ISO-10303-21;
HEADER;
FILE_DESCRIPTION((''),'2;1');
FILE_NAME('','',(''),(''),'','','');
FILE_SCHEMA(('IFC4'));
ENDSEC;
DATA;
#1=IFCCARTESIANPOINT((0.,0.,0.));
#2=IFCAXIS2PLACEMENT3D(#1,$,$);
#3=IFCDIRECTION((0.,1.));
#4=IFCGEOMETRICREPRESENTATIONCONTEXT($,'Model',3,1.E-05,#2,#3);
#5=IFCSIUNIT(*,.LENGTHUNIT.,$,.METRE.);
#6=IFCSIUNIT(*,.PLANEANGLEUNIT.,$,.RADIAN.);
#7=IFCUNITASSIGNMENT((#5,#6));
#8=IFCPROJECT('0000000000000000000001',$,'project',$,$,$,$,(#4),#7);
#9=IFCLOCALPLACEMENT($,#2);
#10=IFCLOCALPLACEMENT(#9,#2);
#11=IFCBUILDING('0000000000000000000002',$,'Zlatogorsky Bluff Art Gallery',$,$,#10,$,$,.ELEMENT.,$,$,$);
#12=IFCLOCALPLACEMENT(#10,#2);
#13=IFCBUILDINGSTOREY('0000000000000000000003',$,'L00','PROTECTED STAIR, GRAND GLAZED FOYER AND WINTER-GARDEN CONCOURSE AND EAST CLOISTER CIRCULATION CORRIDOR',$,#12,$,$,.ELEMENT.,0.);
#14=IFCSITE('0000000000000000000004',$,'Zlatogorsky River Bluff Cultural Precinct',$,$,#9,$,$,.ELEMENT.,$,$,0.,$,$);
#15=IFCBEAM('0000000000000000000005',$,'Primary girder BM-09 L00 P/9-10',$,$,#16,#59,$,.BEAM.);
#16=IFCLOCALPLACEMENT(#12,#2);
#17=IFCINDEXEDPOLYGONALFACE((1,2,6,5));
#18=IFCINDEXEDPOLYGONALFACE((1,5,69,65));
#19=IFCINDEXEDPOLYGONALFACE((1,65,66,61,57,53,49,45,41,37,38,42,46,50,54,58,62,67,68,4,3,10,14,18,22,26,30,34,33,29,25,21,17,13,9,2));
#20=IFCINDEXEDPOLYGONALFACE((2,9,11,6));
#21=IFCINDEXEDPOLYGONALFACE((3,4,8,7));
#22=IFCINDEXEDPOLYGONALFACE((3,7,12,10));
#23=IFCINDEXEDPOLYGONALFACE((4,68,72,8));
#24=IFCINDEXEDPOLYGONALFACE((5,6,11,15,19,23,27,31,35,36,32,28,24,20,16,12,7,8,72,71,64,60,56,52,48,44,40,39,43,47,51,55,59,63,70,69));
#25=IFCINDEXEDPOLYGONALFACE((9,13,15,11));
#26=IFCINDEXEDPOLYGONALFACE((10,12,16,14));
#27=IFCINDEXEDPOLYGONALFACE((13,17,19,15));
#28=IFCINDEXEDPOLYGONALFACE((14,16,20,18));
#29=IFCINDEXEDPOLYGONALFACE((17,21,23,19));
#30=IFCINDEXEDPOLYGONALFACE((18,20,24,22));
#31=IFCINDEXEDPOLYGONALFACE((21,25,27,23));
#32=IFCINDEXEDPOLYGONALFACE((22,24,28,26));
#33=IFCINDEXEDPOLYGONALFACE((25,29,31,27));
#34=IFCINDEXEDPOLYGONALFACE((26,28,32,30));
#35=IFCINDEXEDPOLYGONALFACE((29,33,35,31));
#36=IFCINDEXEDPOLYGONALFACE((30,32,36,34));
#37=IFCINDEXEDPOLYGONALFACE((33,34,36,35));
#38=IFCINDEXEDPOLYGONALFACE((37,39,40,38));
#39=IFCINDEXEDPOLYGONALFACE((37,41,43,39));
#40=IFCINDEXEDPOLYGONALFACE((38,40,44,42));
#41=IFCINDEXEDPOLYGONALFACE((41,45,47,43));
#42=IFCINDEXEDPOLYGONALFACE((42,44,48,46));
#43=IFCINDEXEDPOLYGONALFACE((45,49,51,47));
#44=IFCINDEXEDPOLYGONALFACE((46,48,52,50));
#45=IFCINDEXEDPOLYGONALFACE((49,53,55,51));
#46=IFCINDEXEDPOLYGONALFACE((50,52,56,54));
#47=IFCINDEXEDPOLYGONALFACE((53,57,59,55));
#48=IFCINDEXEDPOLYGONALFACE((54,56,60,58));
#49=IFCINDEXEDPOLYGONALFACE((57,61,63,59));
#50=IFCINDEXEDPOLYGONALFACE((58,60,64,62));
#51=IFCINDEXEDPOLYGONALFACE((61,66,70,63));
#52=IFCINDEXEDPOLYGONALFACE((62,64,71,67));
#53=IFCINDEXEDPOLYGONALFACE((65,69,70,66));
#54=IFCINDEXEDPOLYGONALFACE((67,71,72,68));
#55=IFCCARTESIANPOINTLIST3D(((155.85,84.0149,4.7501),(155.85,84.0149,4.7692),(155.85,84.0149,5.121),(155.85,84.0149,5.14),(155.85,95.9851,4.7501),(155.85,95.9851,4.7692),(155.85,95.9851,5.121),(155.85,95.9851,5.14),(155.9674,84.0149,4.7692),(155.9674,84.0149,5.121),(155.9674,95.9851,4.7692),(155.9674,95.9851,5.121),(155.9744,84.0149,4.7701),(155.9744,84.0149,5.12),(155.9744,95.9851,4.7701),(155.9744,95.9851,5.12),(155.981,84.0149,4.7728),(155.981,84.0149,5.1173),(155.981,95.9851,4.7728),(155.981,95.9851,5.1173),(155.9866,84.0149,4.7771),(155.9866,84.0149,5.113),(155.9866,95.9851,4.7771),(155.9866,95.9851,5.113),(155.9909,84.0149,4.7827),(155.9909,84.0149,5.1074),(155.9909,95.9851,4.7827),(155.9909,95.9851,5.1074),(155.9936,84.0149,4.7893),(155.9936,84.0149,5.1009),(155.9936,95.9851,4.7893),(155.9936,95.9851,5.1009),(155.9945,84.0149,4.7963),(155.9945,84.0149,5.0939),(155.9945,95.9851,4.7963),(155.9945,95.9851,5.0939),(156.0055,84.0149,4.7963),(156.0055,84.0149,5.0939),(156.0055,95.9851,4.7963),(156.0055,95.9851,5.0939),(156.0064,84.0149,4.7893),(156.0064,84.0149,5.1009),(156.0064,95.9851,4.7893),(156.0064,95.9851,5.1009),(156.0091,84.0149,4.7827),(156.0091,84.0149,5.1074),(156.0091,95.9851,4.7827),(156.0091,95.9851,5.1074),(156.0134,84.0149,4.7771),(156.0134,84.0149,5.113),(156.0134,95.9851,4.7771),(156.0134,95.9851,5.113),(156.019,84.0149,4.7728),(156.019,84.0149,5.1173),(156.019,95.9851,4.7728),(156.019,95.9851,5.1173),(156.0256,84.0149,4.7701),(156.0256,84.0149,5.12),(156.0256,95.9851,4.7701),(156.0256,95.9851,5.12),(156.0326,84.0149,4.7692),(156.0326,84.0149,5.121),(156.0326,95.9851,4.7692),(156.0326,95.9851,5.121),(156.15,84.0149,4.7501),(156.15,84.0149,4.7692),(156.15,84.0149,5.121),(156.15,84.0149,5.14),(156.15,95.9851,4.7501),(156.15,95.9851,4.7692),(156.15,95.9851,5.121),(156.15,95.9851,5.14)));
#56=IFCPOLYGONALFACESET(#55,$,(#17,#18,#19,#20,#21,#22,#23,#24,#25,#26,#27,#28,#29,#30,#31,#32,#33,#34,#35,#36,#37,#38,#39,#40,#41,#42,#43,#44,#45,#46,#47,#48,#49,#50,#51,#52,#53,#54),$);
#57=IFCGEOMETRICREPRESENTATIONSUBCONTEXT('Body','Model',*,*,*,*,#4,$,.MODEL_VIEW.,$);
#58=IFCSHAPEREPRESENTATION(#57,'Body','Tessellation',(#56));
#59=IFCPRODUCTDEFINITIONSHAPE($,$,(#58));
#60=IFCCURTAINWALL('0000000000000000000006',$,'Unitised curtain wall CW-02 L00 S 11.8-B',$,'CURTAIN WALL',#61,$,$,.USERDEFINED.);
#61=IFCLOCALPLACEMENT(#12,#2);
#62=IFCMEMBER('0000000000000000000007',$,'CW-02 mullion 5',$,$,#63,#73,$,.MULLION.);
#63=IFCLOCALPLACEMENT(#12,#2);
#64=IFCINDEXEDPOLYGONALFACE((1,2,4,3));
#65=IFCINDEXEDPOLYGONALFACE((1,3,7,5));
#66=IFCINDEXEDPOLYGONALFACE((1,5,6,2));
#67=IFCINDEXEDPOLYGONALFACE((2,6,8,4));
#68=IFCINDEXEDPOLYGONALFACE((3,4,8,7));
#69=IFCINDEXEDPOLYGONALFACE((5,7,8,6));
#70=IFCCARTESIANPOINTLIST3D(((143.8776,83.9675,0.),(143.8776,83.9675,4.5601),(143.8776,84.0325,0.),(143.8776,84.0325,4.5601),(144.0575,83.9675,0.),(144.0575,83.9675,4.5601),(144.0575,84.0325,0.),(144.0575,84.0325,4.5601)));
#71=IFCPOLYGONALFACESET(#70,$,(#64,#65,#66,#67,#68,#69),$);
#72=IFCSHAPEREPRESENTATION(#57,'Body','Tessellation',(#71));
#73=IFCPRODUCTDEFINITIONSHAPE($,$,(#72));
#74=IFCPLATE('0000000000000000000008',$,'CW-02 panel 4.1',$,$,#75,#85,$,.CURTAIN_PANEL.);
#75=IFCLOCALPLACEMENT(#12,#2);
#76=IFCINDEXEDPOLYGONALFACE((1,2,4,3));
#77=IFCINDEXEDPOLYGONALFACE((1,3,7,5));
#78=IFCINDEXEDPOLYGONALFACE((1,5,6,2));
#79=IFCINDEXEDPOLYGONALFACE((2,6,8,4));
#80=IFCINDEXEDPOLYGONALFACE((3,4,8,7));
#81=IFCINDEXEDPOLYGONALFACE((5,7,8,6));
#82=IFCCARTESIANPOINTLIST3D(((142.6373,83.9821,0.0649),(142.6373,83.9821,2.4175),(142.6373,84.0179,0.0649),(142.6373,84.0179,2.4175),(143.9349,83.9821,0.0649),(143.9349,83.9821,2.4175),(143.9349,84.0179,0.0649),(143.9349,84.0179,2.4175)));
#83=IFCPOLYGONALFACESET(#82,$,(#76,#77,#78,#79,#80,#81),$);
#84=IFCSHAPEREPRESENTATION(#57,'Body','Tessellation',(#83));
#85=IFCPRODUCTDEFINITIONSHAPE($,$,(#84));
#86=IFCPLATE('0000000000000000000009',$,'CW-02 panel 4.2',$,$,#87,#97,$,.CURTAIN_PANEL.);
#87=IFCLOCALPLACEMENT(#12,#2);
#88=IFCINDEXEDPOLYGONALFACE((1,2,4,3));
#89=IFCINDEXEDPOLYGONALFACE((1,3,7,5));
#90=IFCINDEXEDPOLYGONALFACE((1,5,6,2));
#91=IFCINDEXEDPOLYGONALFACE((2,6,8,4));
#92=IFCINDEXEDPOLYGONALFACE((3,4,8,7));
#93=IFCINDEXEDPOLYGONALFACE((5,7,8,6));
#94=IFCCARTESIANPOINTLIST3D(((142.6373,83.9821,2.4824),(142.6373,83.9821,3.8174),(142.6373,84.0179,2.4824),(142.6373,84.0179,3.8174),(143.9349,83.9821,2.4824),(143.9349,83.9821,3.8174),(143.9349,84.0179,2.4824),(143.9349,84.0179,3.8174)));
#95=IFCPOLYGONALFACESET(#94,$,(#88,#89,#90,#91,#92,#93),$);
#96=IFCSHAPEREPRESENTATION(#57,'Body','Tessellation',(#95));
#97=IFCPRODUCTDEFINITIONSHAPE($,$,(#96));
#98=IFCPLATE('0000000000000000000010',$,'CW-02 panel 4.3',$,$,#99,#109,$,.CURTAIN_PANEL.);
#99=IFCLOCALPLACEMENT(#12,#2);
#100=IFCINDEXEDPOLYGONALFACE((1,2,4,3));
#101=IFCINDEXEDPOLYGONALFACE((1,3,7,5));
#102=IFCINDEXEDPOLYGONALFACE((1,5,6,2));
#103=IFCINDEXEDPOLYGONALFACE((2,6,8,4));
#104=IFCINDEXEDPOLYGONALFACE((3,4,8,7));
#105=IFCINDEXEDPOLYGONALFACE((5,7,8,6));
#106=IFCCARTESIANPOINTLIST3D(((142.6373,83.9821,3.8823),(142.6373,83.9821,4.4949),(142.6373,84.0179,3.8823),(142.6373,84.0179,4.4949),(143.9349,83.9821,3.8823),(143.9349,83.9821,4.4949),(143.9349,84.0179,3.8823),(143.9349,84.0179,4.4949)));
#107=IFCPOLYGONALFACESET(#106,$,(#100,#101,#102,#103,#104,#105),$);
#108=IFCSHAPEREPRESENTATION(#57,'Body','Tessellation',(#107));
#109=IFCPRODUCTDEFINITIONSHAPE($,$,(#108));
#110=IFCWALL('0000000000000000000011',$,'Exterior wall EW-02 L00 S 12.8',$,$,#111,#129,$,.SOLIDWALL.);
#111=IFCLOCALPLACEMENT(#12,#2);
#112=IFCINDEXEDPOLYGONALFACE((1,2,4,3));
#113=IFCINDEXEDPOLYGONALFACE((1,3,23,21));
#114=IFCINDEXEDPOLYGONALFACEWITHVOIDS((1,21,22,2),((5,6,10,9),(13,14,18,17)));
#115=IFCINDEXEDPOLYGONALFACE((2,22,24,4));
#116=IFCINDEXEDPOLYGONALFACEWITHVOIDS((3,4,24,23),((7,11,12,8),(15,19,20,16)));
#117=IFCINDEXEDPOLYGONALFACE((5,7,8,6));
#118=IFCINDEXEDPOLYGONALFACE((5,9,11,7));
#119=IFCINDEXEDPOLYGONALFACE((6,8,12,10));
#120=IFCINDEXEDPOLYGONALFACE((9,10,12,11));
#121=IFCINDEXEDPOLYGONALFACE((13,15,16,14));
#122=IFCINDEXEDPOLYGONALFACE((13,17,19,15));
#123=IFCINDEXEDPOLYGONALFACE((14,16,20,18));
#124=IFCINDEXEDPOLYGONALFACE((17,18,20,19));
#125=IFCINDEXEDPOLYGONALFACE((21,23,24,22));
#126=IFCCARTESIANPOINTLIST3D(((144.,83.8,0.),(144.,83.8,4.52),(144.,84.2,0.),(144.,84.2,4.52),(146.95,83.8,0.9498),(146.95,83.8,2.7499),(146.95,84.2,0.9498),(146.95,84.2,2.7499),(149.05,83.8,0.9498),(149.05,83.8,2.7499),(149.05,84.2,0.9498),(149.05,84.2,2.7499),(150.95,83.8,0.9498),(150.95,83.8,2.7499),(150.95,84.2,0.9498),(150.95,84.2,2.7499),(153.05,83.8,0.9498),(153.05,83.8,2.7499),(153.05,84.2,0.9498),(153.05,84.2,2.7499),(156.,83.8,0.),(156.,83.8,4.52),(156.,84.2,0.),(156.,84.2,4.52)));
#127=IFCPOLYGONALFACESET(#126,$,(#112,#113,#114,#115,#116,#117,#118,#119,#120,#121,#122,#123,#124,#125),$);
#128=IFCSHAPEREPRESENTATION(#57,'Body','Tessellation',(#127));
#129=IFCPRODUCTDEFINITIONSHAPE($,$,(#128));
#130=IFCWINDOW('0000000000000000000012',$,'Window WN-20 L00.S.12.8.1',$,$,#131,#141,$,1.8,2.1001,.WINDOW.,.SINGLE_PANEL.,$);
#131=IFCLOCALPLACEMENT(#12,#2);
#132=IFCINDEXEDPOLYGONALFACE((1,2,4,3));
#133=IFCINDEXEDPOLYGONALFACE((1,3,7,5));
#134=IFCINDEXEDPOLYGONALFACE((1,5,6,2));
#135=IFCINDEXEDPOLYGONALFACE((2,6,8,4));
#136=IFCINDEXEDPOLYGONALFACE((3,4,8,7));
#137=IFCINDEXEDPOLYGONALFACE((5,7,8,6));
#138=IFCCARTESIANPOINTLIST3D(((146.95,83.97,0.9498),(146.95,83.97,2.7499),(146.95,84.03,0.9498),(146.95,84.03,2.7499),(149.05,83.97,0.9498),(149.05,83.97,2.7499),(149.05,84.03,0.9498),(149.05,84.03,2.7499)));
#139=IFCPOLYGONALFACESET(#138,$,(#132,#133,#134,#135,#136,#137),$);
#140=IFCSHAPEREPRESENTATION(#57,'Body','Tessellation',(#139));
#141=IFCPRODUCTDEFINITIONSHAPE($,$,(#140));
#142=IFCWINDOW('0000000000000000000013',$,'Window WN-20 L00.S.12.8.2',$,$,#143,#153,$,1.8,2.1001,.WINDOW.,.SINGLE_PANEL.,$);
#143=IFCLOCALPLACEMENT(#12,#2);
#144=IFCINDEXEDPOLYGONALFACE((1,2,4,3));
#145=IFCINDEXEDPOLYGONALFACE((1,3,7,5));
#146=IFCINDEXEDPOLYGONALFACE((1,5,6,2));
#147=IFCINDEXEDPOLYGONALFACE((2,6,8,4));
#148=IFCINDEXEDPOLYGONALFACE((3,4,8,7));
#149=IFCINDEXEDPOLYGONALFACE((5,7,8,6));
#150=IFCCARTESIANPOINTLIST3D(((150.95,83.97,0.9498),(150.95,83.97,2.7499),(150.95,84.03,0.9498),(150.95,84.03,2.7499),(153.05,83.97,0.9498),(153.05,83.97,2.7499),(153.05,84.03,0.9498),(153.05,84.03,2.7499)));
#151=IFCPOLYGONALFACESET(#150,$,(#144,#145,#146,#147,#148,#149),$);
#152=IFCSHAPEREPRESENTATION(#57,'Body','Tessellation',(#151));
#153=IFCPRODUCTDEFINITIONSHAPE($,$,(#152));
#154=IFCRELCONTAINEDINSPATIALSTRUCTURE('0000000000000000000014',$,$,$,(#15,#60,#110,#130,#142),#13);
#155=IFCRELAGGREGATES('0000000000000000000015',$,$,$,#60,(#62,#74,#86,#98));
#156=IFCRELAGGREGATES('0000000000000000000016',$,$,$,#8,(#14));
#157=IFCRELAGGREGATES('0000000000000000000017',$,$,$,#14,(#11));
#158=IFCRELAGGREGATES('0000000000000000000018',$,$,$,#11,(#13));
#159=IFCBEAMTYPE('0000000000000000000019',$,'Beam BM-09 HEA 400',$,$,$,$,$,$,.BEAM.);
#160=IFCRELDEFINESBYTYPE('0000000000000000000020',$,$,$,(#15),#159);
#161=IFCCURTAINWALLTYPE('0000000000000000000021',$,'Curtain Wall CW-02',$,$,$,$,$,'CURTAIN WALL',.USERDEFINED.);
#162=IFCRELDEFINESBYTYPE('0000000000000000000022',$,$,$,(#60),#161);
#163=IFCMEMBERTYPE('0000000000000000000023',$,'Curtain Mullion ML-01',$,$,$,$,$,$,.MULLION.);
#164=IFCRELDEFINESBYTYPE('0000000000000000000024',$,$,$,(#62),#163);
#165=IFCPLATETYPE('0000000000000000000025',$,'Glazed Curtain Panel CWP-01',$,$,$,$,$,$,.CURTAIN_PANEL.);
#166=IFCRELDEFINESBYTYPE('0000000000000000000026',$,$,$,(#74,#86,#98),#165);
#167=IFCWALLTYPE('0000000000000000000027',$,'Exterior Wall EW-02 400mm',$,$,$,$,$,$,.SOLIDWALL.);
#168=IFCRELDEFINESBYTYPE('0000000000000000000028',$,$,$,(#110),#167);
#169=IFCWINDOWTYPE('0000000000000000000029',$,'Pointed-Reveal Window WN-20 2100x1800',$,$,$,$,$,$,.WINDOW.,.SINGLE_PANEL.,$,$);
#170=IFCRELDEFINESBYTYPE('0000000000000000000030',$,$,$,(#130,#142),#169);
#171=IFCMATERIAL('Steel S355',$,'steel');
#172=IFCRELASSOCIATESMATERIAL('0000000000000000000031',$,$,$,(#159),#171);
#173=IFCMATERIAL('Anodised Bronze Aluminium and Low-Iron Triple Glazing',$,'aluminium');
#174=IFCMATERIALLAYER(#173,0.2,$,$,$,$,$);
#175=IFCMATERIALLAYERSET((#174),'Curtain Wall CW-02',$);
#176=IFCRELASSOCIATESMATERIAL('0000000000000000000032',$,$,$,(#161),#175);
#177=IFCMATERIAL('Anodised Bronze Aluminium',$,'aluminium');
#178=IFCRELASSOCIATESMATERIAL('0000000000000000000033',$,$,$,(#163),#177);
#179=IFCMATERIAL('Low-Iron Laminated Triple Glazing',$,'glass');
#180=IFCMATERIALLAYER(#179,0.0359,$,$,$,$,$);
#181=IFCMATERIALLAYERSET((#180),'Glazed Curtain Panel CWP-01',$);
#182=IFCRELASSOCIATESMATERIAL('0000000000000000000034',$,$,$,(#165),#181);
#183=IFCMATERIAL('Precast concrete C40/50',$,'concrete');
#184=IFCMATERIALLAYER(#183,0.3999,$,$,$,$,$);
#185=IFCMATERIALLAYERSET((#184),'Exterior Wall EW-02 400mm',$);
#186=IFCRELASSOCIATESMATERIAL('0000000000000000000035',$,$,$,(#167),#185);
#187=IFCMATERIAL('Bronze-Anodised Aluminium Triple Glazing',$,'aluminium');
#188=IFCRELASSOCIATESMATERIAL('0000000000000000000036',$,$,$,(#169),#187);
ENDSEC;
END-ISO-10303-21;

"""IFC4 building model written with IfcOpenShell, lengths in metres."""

from ifc_helpers import new_model, si_unit, direction, frame, frame_2d, origin, origin_2d, place, context, subcontext, project, spatial, rectangle, i_section, extrude, material, layer, layer_set, material_profile, profile_set, type_object, element, fill, aggregate, save


model = new_model("IFC4")

# Units and contexts
model_context = context("Model", 3, precision=1e-05, world=origin(), true_north=direction((0.0, 1.0)))
body_context = subcontext(model_context, "Body", "Model", "MODEL_VIEW")
ifc_project = project(units=[si_unit("LENGTHUNIT", "METRE"), si_unit("PLANEANGLEUNIT", "RADIAN")], contexts=[model_context])

# Site, building, storey
site_placement = place(None, origin())
site = spatial("IfcSite", under=ifc_project, at=site_placement, Name="Zlatogorsky River Bluff Cultural Precinct", CompositionType="ELEMENT", RefElevation=0.0)
building_placement = place(site_placement, origin())
building = spatial("IfcBuilding", under=site, at=building_placement, Name="Zlatogorsky Bluff Art Gallery", CompositionType="ELEMENT")
storey_placement = place(building_placement, origin())
storey = spatial("IfcBuildingStorey", under=building, at=storey_placement, Name="L00", Description="PROTECTED STAIR, GRAND GLAZED FOYER AND WINTER-GARDEN CONCOURSE AND EAST CLOISTER CIRCULATION CORRIDOR", CompositionType="ELEMENT", Elevation=0.0)

# Shared definitions
ifc_material_1 = material(Name="Steel S355", Category="steel")

# Beam
ifc_material_profile_1 = material_profile(ifc_material_1, i_section(OverallWidth=0.3, OverallDepth=0.3899, WebThickness=0.011, FlangeThickness=0.019, FilletRadius=0.0271, at=origin_2d()), Name="HEA 400")
ifc_profile_set_1 = profile_set([ifc_material_profile_1], Name="Steel S355")
beam_type_1 = type_object("IfcBeamType", Name="Beam BM-09 HEA 400", PredefinedType="BEAM", material=ifc_profile_set_1)
for number, where, z_axis, x_axis, name in (
    (1, (156.0, 84.0149, 4.9451), (0.0, 1.0, 0.0), (-1.0, 0.0, 0.0), "Primary girder BM-09 L00 P/9-10"),
):
    element("IfcBeam", number, at=place(storey_placement, frame(where, z_axis=z_axis, x_axis=x_axis)), inside=storey, type_object=beam_type_1, Name=name, PredefinedType="BEAM", context=body_context, shape_type="SweptSolid", body=[
        extrude(i_section(OverallWidth=0.3, OverallDepth=0.3899, WebThickness=0.011, FlangeThickness=0.019, FilletRadius=0.0271, at=origin_2d()), origin(), (0.0, 0.0, 1.0), 11.9702),
    ])

# Curtain wall, member, plates
ifc_material_2 = material(Name="Anodised Bronze Aluminium and Low-Iron Triple Glazing", Category="aluminium")
ifc_layer_1 = layer(ifc_material_2, 0.2)
ifc_layer_set_1 = layer_set([ifc_layer_1], Name="Curtain Wall CW-02")
curtain_wall_type = type_object("IfcCurtainWallType", Name="Curtain Wall CW-02", ElementType="CURTAIN WALL", PredefinedType="USERDEFINED", material=ifc_layer_set_1)
curtain_wall_placement = place(storey_placement, origin())
curtain_wall = element("IfcCurtainWall", 2, at=curtain_wall_placement, inside=storey, type_object=curtain_wall_type, Name="Unitised curtain wall CW-02 L00 S 11.8-B", ObjectType="CURTAIN WALL", PredefinedType="USERDEFINED")
ifc_material_3 = material(Name="Anodised Bronze Aluminium", Category="aluminium")
ifc_material_profile_2 = material_profile(ifc_material_3, rectangle(XDim=0.0649, YDim=0.1799, at=origin_2d()), Name="ALU MULLION 65x180")
ifc_profile_set_2 = profile_set([ifc_material_profile_2], Name="Anodised Bronze Aluminium")
member_type = type_object("IfcMemberType", Name="Curtain Mullion ML-01", PredefinedType="MULLION", material=ifc_profile_set_2)
member_placement = place(storey_placement, frame((143.9675, 84.0, 0.0), z_axis=(0.0, 0.0, 1.0), x_axis=(0.0, 1.0, 0.0)))
member = element("IfcMember", 3, at=member_placement, type_object=member_type, Name="CW-02 mullion 5", PredefinedType="MULLION", context=body_context, shape_type="SweptSolid", body=[
    extrude(rectangle(XDim=0.0649, YDim=0.1799, at=origin_2d()), origin(), (0.0, 0.0, 1.0), 4.5601),
])
ifc_material_4 = material(Name="Low-Iron Laminated Triple Glazing", Category="glass")
ifc_layer_2 = layer(ifc_material_4, 0.0359)
ifc_layer_set_2 = layer_set([ifc_layer_2], Name="Glazed Curtain Panel CWP-01")
plate_type = type_object("IfcPlateType", Name="Glazed Curtain Panel CWP-01", PredefinedType="CURTAIN_PANEL", material=ifc_layer_set_2)
plate_1_placement = place(storey_placement, frame((143.2861, 84.0, 0.0649), z_axis=(0.0, 0.0, 1.0), x_axis=(1.0, 0.0, 0.0)))
plate_1 = element("IfcPlate", 4, at=plate_1_placement, type_object=plate_type, Name="CW-02 panel 4.1", PredefinedType="CURTAIN_PANEL", context=body_context, shape_type="SweptSolid", body=[
    extrude(rectangle(XDim=1.2976, YDim=0.0359, at=origin_2d()), origin(), (0.0, 0.0, 1.0), 2.3525),
])
plate_2_placement = place(storey_placement, frame((143.2861, 84.0, 2.4824), z_axis=(0.0, 0.0, 1.0), x_axis=(1.0, 0.0, 0.0)))
plate_2 = element("IfcPlate", 5, at=plate_2_placement, type_object=plate_type, Name="CW-02 panel 4.2", PredefinedType="CURTAIN_PANEL", context=body_context, shape_type="SweptSolid", body=[
    extrude(rectangle(XDim=1.2976, YDim=0.0359, at=origin_2d()), origin(), (0.0, 0.0, 1.0), 1.335),
])
plate_3_placement = place(storey_placement, frame((143.2861, 84.0, 3.8823), z_axis=(0.0, 0.0, 1.0), x_axis=(1.0, 0.0, 0.0)))
plate_3 = element("IfcPlate", 6, at=plate_3_placement, type_object=plate_type, Name="CW-02 panel 4.3", PredefinedType="CURTAIN_PANEL", context=body_context, shape_type="SweptSolid", body=[
    extrude(rectangle(XDim=1.2976, YDim=0.0359, at=origin_2d()), origin(), (0.0, 0.0, 1.0), 0.6125),
])
aggregate(curtain_wall, [member, plate_1, plate_2, plate_3])

# Wall, openings, windows
ifc_material_5 = material(Name="Precast concrete C40/50", Category="concrete")
ifc_layer_3 = layer(ifc_material_5, 0.3999)
ifc_layer_set_3 = layer_set([ifc_layer_3], Name="Exterior Wall EW-02 400mm")
wall_type_1 = type_object("IfcWallType", Name="Exterior Wall EW-02 400mm", PredefinedType="SOLIDWALL", material=ifc_layer_set_3)
wall_1_placement = place(storey_placement, frame((144.0, 84.0, 0.0), z_axis=(0.0, 0.0, 1.0), x_axis=(1.0, 0.0, 0.0)))
wall_1 = element("IfcWall", 7, at=wall_1_placement, inside=storey, type_object=wall_type_1, Name="Exterior wall EW-02 L00 S 12.8", PredefinedType="SOLIDWALL", context=body_context, shape_type="SweptSolid", body=[
    extrude(rectangle(XDim=12.0, YDim=0.3999, at=frame_2d((6.0, 0.0))), origin(), (0.0, 0.0, 1.0), 4.52),
])
opening_1_placement = place(wall_1_placement, frame((2.95, 0.0, 0.95)))
opening_1 = element("IfcOpeningElement", 8, at=opening_1_placement, cuts=wall_1, PredefinedType="OPENING", context=body_context, shape_type="SweptSolid", body=[
    extrude(rectangle(XDim=2.1001, YDim=1.8, at=frame_2d((1.05, 0.8999))), frame((0.0, 0.21, 0.0), z_axis=(0.0, -1.0, 0.0), x_axis=(1.0, 0.0, 0.0)), (0.0, 0.0, 1.0), 0.4199),
])
opening_2_placement = place(wall_1_placement, frame((6.95, 0.0, 0.95)))
opening_2 = element("IfcOpeningElement", 9, at=opening_2_placement, cuts=wall_1, PredefinedType="OPENING", context=body_context, shape_type="SweptSolid", body=[
    extrude(rectangle(XDim=2.1001, YDim=1.8, at=frame_2d((1.05, 0.8999))), frame((0.0, 0.21, 0.0), z_axis=(0.0, -1.0, 0.0), x_axis=(1.0, 0.0, 0.0)), (0.0, 0.0, 1.0), 0.4199),
])
ifc_material_6 = material(Name="Bronze-Anodised Aluminium Triple Glazing", Category="aluminium")
window_type_1 = type_object("IfcWindowType", Name="Pointed-Reveal Window WN-20 2100x1800", PartitioningType="SINGLE_PANEL", PredefinedType="WINDOW", material=ifc_material_6)
window_1_placement = place(opening_1_placement, origin())
window_1 = element("IfcWindow", 10, at=window_1_placement, inside=storey, type_object=window_type_1, Name="Window WN-20 L00.S.12.8.1", OverallHeight=1.8, OverallWidth=2.1001, PartitioningType="SINGLE_PANEL", PredefinedType="WINDOW", context=body_context, shape_type="SweptSolid", body=[
    extrude(rectangle(XDim=2.1001, YDim=1.8, at=frame_2d((1.05, 0.8999))), frame((0.0, 0.03, 0.0), z_axis=(0.0, -1.0, 0.0), x_axis=(1.0, 0.0, 0.0)), (0.0, 0.0, 1.0), 0.0601),
])
fill(opening_1, window_1)
window_2_placement = place(opening_2_placement, origin())
window_2 = element("IfcWindow", 11, at=window_2_placement, inside=storey, type_object=window_type_1, Name="Window WN-20 L00.S.12.8.2", OverallHeight=1.8, OverallWidth=2.1001, PartitioningType="SINGLE_PANEL", PredefinedType="WINDOW", context=body_context, shape_type="SweptSolid", body=[
    extrude(rectangle(XDim=2.1001, YDim=1.8, at=frame_2d((1.05, 0.8999))), frame((0.0, 0.03, 0.0), z_axis=(0.0, -1.0, 0.0), x_axis=(1.0, 0.0, 0.0)), (0.0, 0.0, 1.0), 0.0601),
])
fill(opening_2, window_2)

save(model, "model.ifc")
